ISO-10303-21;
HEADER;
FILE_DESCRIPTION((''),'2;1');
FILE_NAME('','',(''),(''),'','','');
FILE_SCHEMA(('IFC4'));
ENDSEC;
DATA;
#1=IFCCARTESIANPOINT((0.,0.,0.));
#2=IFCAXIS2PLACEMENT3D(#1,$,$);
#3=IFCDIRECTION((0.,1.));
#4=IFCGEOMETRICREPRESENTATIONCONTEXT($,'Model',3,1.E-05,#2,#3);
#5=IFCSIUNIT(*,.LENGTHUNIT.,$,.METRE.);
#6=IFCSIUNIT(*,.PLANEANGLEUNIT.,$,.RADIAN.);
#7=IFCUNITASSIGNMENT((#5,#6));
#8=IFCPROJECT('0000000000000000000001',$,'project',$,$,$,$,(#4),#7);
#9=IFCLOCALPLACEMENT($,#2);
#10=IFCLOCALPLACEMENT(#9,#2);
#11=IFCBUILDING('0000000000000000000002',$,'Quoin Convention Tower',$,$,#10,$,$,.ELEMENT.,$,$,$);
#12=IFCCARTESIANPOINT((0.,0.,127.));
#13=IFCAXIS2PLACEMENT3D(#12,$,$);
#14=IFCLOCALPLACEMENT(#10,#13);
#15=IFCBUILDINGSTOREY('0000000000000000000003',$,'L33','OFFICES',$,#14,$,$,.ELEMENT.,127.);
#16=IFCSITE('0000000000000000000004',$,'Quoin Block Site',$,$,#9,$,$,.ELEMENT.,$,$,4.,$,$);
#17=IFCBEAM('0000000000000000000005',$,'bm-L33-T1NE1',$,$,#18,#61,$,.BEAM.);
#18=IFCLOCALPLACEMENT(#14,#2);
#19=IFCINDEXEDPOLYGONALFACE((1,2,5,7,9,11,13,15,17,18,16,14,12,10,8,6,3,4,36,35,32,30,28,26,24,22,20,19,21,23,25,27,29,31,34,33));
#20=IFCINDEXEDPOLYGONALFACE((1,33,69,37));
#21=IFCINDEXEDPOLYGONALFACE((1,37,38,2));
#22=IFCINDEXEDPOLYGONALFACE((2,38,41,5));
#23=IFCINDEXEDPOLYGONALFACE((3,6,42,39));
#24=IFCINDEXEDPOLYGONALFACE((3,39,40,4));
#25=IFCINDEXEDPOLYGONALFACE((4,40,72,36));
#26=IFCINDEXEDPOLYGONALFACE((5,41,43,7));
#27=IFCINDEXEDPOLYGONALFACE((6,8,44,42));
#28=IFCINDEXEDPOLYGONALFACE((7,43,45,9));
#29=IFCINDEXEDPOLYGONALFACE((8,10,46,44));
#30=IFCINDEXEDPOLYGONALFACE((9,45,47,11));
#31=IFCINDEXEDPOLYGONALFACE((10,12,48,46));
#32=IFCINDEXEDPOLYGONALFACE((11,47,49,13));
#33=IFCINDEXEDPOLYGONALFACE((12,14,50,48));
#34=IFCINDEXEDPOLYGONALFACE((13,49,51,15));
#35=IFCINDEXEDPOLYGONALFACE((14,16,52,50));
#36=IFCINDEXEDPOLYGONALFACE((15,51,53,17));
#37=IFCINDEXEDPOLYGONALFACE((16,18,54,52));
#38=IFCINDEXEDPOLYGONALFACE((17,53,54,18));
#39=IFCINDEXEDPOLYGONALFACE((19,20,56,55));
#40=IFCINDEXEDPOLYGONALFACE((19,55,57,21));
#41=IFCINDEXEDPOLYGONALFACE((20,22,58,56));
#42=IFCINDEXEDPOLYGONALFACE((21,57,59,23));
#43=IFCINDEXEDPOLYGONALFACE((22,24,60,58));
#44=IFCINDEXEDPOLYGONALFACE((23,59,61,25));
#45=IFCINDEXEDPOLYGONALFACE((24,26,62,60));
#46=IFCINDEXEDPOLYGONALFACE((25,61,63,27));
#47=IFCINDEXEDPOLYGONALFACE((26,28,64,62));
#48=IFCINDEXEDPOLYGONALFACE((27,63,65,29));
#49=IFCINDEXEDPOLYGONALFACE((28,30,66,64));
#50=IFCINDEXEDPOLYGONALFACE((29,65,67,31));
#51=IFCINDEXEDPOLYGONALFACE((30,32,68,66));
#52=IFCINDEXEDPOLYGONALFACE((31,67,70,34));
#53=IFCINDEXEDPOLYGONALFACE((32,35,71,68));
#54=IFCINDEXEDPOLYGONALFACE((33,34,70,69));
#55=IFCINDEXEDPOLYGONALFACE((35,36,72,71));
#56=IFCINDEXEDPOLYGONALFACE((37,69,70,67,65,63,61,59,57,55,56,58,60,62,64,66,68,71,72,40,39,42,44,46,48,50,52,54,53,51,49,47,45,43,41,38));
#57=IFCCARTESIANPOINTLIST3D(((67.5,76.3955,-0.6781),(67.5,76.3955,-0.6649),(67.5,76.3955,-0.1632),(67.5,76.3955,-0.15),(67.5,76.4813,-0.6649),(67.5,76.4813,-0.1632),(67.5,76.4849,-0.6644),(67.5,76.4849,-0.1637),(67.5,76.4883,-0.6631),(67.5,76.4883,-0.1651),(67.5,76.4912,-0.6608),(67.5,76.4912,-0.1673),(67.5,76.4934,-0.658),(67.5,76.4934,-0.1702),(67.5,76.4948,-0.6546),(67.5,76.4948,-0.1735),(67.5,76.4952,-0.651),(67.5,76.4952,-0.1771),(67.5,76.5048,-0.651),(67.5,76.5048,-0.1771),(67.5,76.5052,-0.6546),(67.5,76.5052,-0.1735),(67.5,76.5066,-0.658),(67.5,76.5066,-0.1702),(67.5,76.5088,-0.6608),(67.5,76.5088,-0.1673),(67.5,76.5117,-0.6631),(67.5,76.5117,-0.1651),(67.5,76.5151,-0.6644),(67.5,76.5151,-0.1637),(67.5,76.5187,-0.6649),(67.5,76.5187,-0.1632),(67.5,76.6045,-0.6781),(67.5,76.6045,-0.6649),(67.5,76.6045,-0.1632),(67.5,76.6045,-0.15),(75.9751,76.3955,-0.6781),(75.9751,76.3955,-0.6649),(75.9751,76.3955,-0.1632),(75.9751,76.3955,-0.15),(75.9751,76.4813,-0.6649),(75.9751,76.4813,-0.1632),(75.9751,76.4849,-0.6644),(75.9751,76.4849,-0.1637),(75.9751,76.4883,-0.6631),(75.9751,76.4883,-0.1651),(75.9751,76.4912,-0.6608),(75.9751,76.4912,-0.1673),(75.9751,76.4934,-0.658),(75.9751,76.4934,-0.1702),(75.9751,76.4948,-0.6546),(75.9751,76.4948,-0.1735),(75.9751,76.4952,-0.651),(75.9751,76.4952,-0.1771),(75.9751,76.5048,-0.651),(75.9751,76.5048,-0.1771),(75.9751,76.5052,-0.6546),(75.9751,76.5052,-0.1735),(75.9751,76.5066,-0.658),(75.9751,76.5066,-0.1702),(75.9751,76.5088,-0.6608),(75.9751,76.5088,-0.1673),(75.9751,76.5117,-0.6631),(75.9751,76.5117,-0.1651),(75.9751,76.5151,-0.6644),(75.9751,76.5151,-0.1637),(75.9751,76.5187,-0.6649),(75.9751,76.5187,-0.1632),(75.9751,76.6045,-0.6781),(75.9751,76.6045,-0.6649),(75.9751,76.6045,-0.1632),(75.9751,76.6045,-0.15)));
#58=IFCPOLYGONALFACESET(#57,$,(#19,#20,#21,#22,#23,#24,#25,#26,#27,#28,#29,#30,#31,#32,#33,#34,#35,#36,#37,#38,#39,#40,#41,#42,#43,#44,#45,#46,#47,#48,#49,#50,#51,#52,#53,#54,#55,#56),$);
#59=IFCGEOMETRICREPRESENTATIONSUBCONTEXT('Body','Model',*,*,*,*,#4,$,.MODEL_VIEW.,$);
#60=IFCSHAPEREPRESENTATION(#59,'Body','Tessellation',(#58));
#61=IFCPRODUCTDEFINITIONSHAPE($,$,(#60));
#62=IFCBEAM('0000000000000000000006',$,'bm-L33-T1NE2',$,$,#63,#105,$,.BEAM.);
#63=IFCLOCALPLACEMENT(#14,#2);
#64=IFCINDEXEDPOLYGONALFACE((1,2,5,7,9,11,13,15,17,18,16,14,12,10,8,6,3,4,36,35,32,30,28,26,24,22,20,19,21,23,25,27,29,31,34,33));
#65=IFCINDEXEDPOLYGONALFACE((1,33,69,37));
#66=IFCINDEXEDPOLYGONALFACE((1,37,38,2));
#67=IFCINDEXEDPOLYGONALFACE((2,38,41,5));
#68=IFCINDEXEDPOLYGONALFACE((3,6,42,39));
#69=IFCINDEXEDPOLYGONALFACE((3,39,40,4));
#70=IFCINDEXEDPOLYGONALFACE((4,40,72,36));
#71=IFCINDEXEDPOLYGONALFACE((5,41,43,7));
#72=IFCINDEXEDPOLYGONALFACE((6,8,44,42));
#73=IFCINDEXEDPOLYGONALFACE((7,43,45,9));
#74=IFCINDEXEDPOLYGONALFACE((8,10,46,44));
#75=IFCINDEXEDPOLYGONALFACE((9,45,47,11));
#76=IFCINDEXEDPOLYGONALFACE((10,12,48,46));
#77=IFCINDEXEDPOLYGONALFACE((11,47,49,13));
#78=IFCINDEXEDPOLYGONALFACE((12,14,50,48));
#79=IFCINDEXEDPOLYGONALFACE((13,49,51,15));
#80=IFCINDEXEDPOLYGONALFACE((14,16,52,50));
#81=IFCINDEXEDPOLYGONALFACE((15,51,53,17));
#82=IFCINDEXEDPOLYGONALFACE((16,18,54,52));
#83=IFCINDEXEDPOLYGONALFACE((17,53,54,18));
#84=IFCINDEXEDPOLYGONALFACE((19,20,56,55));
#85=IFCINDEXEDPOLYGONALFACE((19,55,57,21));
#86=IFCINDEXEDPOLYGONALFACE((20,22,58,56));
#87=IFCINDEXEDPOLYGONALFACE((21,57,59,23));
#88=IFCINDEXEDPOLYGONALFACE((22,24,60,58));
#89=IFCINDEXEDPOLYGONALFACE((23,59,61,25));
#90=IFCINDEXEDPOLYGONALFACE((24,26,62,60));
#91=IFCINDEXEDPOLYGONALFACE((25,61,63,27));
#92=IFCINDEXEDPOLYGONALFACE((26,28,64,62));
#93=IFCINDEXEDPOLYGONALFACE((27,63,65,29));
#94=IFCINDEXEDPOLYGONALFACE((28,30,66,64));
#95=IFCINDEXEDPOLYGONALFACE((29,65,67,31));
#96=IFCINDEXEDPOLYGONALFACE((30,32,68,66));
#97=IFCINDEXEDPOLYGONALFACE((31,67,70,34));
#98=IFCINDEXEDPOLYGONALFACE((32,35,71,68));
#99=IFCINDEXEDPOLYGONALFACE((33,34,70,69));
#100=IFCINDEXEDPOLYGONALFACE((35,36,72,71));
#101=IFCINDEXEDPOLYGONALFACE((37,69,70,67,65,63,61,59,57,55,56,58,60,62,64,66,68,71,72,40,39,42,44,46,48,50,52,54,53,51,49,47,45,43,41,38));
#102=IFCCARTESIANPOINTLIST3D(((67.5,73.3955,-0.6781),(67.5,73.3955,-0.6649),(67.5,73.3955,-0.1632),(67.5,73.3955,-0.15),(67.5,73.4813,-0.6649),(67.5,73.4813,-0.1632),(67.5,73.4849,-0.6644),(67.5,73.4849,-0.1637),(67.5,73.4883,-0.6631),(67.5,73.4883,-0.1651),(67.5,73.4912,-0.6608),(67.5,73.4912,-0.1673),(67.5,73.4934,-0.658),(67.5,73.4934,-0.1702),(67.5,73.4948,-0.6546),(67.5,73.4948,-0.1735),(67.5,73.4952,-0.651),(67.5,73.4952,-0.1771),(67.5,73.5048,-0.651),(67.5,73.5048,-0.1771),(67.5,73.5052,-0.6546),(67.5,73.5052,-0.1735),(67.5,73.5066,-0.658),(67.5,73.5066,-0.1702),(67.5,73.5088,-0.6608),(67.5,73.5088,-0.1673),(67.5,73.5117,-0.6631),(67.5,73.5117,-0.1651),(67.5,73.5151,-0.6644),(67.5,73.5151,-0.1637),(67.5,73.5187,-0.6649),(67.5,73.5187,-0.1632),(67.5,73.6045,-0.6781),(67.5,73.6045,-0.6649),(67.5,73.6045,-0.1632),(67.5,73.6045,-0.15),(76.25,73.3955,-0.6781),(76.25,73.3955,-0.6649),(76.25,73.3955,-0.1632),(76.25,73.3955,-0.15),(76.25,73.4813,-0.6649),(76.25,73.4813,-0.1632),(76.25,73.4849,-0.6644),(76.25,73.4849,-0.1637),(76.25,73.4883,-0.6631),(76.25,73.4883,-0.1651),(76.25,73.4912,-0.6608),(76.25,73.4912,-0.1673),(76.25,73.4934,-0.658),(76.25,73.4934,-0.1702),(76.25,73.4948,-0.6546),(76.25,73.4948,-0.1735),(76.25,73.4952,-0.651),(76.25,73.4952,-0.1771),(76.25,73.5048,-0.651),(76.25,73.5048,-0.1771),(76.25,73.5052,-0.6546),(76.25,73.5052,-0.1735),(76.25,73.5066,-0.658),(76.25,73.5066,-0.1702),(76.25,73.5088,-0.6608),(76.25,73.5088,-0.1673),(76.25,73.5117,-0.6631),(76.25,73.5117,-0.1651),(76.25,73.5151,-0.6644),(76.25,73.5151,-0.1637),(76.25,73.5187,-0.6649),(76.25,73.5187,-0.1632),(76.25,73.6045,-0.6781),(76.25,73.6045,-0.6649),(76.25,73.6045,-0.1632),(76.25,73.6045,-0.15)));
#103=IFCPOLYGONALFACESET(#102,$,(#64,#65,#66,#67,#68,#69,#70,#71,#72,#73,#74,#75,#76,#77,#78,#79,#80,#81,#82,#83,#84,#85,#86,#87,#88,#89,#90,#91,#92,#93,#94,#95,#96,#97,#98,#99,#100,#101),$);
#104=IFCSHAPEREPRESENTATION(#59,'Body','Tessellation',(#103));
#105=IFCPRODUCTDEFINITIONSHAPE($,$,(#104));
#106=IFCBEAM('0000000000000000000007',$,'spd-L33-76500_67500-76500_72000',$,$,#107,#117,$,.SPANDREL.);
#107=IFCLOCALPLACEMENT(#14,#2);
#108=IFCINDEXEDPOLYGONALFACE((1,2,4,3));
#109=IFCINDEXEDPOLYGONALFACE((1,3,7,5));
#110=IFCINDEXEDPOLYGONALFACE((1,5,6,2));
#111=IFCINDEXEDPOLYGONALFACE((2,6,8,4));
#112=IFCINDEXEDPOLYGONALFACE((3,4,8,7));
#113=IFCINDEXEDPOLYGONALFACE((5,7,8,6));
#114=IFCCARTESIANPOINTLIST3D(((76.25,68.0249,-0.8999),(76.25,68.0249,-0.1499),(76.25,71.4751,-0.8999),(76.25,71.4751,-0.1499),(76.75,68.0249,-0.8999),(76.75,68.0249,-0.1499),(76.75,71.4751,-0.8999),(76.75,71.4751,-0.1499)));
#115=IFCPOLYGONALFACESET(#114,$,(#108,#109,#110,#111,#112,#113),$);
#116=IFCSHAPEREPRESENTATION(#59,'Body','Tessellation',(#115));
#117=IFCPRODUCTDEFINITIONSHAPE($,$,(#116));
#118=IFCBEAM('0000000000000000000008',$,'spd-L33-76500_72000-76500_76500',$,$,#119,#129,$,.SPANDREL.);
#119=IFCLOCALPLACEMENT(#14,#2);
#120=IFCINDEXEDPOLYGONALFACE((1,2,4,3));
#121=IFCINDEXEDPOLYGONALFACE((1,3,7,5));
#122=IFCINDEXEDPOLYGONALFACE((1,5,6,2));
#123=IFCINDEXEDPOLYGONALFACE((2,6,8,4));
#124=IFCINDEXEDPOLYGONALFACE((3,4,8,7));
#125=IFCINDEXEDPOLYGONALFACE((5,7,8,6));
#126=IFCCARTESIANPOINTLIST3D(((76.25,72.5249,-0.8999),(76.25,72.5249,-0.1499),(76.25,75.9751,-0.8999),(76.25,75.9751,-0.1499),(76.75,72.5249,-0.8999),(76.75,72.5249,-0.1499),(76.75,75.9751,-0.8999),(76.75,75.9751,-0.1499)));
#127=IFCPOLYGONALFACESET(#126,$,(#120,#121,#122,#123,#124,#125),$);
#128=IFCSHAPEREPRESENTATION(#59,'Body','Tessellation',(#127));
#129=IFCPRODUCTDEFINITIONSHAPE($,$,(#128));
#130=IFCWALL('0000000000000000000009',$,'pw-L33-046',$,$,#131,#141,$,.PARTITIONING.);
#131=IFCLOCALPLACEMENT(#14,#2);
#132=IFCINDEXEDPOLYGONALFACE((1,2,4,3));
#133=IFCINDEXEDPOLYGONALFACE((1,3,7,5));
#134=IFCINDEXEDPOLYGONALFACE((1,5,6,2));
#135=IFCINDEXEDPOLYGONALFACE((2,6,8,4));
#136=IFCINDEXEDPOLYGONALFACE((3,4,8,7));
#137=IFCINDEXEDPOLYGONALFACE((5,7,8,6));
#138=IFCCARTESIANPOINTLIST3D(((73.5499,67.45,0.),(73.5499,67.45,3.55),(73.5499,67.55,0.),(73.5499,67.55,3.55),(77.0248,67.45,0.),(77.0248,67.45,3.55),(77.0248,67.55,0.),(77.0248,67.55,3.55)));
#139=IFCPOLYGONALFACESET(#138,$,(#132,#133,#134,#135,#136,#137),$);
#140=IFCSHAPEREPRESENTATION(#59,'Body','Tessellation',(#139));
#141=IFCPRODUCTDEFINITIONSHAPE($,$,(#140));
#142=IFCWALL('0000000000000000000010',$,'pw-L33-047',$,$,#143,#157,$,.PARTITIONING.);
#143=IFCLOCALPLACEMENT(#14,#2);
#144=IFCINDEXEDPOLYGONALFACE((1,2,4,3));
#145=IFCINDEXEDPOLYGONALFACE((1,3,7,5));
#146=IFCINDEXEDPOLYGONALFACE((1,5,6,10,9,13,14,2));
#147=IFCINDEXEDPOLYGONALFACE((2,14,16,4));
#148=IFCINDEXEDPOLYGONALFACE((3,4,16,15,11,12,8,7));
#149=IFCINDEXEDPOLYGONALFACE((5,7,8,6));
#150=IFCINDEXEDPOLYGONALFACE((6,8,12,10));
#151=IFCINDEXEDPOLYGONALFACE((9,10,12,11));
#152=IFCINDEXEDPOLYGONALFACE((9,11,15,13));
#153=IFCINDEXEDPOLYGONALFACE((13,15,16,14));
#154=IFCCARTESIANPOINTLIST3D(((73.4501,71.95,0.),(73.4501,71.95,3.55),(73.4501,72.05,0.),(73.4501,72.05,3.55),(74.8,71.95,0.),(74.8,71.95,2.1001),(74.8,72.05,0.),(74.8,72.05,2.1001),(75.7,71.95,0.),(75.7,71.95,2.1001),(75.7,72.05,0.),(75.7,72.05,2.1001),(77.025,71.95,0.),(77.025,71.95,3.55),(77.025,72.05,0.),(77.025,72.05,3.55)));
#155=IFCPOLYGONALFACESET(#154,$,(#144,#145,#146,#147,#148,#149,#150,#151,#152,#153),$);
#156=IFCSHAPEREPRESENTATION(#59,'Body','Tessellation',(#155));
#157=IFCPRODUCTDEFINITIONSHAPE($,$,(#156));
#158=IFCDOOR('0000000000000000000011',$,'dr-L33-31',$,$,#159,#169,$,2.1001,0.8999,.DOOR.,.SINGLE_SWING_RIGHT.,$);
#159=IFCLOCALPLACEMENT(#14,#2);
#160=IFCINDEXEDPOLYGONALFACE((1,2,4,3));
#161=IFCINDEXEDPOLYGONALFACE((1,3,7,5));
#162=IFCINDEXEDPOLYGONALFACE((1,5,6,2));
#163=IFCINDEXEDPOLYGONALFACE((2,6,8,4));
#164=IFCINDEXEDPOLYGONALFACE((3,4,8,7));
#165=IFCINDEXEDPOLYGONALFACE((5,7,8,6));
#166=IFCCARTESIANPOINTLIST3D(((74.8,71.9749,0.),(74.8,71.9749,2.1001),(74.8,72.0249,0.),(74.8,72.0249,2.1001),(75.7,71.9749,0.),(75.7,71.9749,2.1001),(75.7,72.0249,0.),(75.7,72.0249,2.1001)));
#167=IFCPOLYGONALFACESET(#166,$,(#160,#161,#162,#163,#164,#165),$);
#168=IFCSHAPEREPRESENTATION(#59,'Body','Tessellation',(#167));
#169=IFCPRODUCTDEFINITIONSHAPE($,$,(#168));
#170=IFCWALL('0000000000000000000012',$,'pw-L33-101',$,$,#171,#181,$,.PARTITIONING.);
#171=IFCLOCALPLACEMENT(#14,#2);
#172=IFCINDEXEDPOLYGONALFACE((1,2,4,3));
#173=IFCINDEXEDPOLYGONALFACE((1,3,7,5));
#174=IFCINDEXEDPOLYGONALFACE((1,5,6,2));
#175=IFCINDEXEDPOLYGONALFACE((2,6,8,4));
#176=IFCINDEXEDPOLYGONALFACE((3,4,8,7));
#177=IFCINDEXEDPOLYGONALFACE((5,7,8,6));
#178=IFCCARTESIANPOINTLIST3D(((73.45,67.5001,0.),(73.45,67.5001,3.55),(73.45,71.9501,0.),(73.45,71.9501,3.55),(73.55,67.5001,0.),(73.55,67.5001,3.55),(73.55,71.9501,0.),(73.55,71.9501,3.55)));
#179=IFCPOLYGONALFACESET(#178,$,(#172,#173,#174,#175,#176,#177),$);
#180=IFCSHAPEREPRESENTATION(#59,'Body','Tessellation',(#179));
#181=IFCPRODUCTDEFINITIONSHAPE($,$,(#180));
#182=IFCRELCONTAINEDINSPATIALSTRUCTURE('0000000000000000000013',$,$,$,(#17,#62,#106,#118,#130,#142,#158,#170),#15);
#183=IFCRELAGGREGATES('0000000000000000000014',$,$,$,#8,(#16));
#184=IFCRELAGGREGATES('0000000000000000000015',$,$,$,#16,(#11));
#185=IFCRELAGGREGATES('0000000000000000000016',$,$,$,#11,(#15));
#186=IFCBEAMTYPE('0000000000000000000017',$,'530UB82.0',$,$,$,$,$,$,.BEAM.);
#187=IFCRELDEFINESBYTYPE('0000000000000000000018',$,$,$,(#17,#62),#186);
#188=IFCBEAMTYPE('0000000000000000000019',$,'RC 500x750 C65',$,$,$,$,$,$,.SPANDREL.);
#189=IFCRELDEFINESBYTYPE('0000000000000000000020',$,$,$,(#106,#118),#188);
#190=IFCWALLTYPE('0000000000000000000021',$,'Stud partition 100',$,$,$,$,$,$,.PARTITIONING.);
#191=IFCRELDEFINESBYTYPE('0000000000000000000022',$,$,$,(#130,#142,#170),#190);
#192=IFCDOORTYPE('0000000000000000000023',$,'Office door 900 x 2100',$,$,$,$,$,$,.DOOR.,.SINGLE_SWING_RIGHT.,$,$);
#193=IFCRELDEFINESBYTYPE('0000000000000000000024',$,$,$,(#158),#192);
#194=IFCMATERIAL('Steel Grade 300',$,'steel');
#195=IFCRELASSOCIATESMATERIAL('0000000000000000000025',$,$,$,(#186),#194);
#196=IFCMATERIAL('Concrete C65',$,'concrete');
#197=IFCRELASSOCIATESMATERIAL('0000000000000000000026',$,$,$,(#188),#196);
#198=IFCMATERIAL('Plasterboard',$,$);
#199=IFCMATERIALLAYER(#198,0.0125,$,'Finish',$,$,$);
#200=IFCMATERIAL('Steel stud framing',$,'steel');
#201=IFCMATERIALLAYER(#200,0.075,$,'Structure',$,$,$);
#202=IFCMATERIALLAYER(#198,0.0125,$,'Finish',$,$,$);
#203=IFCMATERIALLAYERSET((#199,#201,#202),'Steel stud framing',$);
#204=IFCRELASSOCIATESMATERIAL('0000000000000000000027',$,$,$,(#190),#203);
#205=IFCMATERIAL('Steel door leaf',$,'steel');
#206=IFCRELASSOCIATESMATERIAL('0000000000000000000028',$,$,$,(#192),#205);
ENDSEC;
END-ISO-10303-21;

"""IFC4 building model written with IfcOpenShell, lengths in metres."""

from ifc_helpers import new_model, si_unit, direction, frame, frame_2d, origin, origin_2d, place, context, subcontext, project, spatial, rectangle, i_section, extrude, material, layer, layer_set, material_profile, profile_set, type_object, element, fill, save


model = new_model("IFC4")

# Units and contexts
model_context = context("Model", 3, precision=1e-05, world=origin(), true_north=direction((0.0, 1.0)))
body_context = subcontext(model_context, "Body", "Model", "MODEL_VIEW")
ifc_project = project(units=[si_unit("LENGTHUNIT", "METRE"), si_unit("PLANEANGLEUNIT", "RADIAN")], contexts=[model_context])

# Site, building, storey
site_placement = place(None, origin())
site = spatial("IfcSite", under=ifc_project, at=site_placement, Name="Quoin Block Site", CompositionType="ELEMENT", RefElevation=4.0)
building_placement = place(site_placement, origin())
building = spatial("IfcBuilding", under=site, at=building_placement, Name="Quoin Convention Tower", CompositionType="ELEMENT")
storey_placement = place(building_placement, frame((0.0, 0.0, 127.0)))
storey = spatial("IfcBuildingStorey", under=building, at=storey_placement, Name="L33", Description="OFFICES", CompositionType="ELEMENT", Elevation=127.0)

# Shared definitions
ifc_material_1 = material(Name="Concrete C65", Category="concrete")

# Beams
ifc_material_2 = material(Name="Steel Grade 300", Category="steel")
ifc_material_profile_1 = material_profile(ifc_material_2, i_section(OverallWidth=0.209, OverallDepth=0.5281, WebThickness=0.0095, FlangeThickness=0.0132, FilletRadius=0.0139, at=origin_2d()), Name="530UB82.0")
ifc_profile_set_1 = profile_set([ifc_material_profile_1], Name="Steel Grade 300")
beam_type_1 = type_object("IfcBeamType", Name="530UB82.0", PredefinedType="BEAM", material=ifc_profile_set_1)
beam_1_placement = place(storey_placement, frame((67.5, 76.5, -0.4141), z_axis=(1.0, 0.0, 0.0), x_axis=(0.0, 1.0, 0.0)))
element("IfcBeam", 1, at=beam_1_placement, inside=storey, type_object=beam_type_1, Name="bm-L33-T1NE1", PredefinedType="BEAM", context=body_context, shape_type="SweptSolid", body=[
    extrude(i_section(OverallWidth=0.209, OverallDepth=0.5281, WebThickness=0.0095, FlangeThickness=0.0132, FilletRadius=0.0139, at=origin_2d()), origin(), (0.0, 0.0, 1.0), 8.4751),
])
beam_2_placement = place(storey_placement, frame((67.5, 73.5, -0.4141), z_axis=(1.0, 0.0, 0.0), x_axis=(0.0, 1.0, 0.0)))
element("IfcBeam", 2, at=beam_2_placement, inside=storey, type_object=beam_type_1, Name="bm-L33-T1NE2", PredefinedType="BEAM", context=body_context, shape_type="SweptSolid", body=[
    extrude(i_section(OverallWidth=0.209, OverallDepth=0.5281, WebThickness=0.0095, FlangeThickness=0.0132, FilletRadius=0.0139, at=origin_2d()), origin(), (0.0, 0.0, 1.0), 8.75),
])
ifc_material_profile_2 = material_profile(ifc_material_1, rectangle(XDim=0.5, YDim=0.75, at=origin_2d()), Name="RC 500x750")
ifc_profile_set_2 = profile_set([ifc_material_profile_2], Name="Concrete C65")
beam_type_2 = type_object("IfcBeamType", Name="RC 500x750 C65", PredefinedType="SPANDREL", material=ifc_profile_set_2)
for number, where, z_axis, x_axis, name in (
    (3, (76.5, 68.0249, -0.5249), (0.0, 1.0, 0.0), (-1.0, 0.0, 0.0), "spd-L33-76500_67500-76500_72000"),
    (4, (76.5, 72.5249, -0.5249), (0.0, 1.0, 0.0), (-1.0, 0.0, 0.0), "spd-L33-76500_72000-76500_76500"),
):
    element("IfcBeam", number, at=place(storey_placement, frame(where, z_axis=z_axis, x_axis=x_axis)), inside=storey, type_object=beam_type_2, Name=name, PredefinedType="SPANDREL", context=body_context, shape_type="SweptSolid", body=[
        extrude(rectangle(XDim=0.5, YDim=0.75, at=origin_2d()), origin(), (0.0, 0.0, 1.0), 3.4502),
    ])

# Wall
ifc_material_3 = material(Name="Plasterboard")
ifc_layer_1 = layer(ifc_material_3, 0.0125, Name="Finish")
ifc_material_4 = material(Name="Steel stud framing", Category="steel")
ifc_layer_2 = layer(ifc_material_4, 0.075, Name="Structure")
ifc_layer_3 = layer(ifc_material_3, 0.0125, Name="Finish")
ifc_layer_set_1 = layer_set([ifc_layer_1, ifc_layer_2, ifc_layer_3], Name="Steel stud framing")
wall_type_1 = type_object("IfcWallType", Name="Stud partition 100", PredefinedType="PARTITIONING", material=ifc_layer_set_1)
wall_1_placement = place(storey_placement, frame((73.55, 67.5, 0.0), z_axis=(0.0, 0.0, 1.0), x_axis=(1.0, 0.0, 0.0)))
element("IfcWall", 5, at=wall_1_placement, inside=storey, type_object=wall_type_1, Name="pw-L33-046", PredefinedType="PARTITIONING", context=body_context, shape_type="SweptSolid", body=[
    extrude(rectangle(XDim=3.4749, YDim=0.1001, at=frame_2d((1.7373, 0.0))), origin(), (0.0, 0.0, 1.0), 3.55),
])

# Wall, opening, door
wall_2_placement = place(storey_placement, frame((73.45, 72.0, 0.0), z_axis=(0.0, 0.0, 1.0), x_axis=(1.0, 0.0, 0.0)))
wall_2 = element("IfcWall", 6, at=wall_2_placement, inside=storey, type_object=wall_type_1, Name="pw-L33-047", PredefinedType="PARTITIONING", context=body_context, shape_type="SweptSolid", body=[
    extrude(rectangle(XDim=3.575, YDim=0.1001, at=frame_2d((1.7876, 0.0))), origin(), (0.0, 0.0, 1.0), 3.55),
])
opening_placement = place(wall_2_placement, frame((1.3501, 0.0, 0.0)))
opening = element("IfcOpeningElement", 7, at=opening_placement, cuts=wall_2, PredefinedType="OPENING", context=body_context, shape_type="SweptSolid", body=[
    extrude(rectangle(XDim=0.8999, YDim=2.1001, at=frame_2d((0.45, 1.05))), frame((0.0, 0.0601, 0.0), z_axis=(0.0, -1.0, 0.0), x_axis=(1.0, 0.0, 0.0)), (0.0, 0.0, 1.0), 0.1201),
])
ifc_material_5 = material(Name="Steel door leaf", Category="steel")
door_type = type_object("IfcDoorType", Name="Office door 900 x 2100", OperationType="SINGLE_SWING_RIGHT", PredefinedType="DOOR", material=ifc_material_5)
door_placement = place(opening_placement, origin())
door = element("IfcDoor", 8, at=door_placement, inside=storey, type_object=door_type, Name="dr-L33-31", OperationType="SINGLE_SWING_RIGHT", OverallHeight=2.1001, OverallWidth=0.8999, PredefinedType="DOOR", context=body_context, shape_type="SweptSolid", body=[
    extrude(rectangle(XDim=0.8999, YDim=2.1001, at=frame_2d((0.45, 1.05))), frame((0.0, 0.0249, 0.0), z_axis=(0.0, -1.0, 0.0), x_axis=(1.0, 0.0, 0.0)), (0.0, 0.0, 1.0), 0.05),
])
fill(opening, door)

# Wall
wall_3_placement = place(storey_placement, frame((73.5, 67.5, 0.0), z_axis=(0.0, 0.0, 1.0), x_axis=(0.0, 1.0, 0.0)))
element("IfcWall", 9, at=wall_3_placement, inside=storey, type_object=wall_type_1, Name="pw-L33-101", PredefinedType="PARTITIONING", context=body_context, shape_type="SweptSolid", body=[
    extrude(rectangle(XDim=4.45, YDim=0.1001, at=frame_2d((2.2251, 0.0))), origin(), (0.0, 0.0, 1.0), 3.55),
])

save(model, "model.ifc")
